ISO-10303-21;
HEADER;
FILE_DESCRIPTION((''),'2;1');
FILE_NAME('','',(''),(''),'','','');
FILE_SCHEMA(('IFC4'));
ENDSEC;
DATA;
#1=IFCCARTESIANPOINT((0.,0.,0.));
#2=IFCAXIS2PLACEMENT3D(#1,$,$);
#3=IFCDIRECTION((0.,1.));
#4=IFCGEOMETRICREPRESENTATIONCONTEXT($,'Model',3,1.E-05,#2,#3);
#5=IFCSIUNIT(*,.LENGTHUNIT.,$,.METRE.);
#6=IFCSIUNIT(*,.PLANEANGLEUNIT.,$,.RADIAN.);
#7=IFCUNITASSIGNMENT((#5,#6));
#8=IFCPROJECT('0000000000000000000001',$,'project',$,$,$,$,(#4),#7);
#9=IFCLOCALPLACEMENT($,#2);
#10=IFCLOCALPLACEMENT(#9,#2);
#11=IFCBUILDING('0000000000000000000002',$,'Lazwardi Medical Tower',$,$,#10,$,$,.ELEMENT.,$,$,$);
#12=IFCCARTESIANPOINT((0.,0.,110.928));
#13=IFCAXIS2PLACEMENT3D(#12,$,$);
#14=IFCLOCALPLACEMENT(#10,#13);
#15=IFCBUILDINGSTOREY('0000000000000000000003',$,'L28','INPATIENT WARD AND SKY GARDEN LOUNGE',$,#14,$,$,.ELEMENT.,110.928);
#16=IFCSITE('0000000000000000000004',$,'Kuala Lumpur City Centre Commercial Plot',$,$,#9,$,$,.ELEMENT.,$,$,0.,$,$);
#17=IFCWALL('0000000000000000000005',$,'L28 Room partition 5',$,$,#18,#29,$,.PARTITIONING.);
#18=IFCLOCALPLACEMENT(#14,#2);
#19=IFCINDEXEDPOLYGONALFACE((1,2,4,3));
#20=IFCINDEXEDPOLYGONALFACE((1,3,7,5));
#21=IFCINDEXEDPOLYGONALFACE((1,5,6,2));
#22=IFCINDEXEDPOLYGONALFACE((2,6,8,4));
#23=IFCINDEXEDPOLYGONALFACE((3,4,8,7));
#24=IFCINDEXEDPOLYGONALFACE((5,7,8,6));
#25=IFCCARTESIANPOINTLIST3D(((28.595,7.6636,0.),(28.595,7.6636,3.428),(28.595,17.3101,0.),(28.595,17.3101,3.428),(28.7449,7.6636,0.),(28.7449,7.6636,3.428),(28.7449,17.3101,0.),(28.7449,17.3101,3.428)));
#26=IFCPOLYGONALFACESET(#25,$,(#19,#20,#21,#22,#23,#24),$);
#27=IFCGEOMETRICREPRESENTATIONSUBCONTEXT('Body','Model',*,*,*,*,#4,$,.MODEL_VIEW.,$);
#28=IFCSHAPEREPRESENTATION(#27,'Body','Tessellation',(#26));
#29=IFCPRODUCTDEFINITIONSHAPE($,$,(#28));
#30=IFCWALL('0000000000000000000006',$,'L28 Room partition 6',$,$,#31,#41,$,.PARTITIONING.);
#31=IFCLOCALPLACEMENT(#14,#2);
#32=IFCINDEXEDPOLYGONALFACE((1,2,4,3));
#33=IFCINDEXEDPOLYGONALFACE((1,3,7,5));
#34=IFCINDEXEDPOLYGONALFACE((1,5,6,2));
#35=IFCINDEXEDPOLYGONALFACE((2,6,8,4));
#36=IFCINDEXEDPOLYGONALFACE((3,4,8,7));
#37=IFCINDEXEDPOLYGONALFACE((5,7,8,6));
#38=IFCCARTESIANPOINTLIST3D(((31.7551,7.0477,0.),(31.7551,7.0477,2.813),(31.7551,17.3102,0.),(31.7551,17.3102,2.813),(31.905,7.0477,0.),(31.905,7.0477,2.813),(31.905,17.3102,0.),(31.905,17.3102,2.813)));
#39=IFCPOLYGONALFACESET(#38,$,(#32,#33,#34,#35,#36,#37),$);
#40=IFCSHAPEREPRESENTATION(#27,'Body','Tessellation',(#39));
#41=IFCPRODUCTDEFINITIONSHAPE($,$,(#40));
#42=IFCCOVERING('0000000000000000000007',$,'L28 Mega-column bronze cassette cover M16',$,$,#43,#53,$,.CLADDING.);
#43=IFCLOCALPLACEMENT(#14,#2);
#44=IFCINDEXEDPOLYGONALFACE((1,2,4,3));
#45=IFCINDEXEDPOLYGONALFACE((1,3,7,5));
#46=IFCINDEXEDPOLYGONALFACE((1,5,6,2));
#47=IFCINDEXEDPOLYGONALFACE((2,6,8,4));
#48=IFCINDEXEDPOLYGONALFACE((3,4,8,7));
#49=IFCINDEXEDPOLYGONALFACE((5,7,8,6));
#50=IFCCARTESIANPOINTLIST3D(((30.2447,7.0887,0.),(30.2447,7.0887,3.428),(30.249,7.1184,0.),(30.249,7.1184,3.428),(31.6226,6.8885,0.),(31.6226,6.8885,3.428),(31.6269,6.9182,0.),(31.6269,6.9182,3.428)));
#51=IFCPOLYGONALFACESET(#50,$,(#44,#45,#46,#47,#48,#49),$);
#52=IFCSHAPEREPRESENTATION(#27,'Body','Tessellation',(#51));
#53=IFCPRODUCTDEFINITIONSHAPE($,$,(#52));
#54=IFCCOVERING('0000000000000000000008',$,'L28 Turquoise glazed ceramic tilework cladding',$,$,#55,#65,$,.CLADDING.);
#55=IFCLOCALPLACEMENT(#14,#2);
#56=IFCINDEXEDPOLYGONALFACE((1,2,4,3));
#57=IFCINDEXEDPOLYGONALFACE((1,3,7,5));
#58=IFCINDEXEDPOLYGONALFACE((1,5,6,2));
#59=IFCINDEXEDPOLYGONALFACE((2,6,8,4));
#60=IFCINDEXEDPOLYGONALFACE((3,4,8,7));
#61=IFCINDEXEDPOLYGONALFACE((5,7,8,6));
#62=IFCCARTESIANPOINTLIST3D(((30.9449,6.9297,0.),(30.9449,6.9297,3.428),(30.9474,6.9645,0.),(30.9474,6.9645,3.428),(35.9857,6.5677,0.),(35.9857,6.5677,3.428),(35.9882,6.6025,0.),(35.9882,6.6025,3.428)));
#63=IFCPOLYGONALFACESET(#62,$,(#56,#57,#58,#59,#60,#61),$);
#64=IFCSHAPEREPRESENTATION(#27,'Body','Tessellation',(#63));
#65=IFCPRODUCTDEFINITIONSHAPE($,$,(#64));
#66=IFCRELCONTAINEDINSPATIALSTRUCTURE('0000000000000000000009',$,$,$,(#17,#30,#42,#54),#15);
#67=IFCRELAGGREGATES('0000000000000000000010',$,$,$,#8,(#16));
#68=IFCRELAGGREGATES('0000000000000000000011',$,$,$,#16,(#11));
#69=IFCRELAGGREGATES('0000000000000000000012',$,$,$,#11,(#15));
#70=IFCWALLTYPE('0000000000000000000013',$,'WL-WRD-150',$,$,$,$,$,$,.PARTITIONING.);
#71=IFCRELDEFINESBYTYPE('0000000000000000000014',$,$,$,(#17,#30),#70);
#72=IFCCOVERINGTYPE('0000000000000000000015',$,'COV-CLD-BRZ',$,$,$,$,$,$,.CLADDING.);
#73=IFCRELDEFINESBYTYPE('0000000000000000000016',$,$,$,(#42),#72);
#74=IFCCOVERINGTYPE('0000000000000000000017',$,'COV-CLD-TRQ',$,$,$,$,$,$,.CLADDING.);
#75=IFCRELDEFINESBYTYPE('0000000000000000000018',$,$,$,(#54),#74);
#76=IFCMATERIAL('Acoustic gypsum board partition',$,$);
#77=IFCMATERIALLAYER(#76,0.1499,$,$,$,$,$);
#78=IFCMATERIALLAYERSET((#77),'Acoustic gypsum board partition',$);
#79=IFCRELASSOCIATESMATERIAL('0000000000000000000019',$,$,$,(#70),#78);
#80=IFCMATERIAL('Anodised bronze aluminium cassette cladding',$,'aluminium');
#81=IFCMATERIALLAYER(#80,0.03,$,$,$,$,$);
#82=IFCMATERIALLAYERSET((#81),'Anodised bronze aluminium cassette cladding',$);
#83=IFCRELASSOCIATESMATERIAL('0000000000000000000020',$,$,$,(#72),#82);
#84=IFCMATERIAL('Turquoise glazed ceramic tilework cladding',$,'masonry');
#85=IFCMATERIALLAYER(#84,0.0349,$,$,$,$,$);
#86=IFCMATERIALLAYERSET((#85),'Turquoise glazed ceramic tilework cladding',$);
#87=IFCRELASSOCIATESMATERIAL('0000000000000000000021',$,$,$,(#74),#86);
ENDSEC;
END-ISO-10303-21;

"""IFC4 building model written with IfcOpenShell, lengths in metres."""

from ifc_helpers import new_model, si_unit, direction, frame, frame_2d, origin, origin_2d, place, context, subcontext, project, spatial, rectangle, extrude, material, layer, layer_set, type_object, element, save


model = new_model("IFC4")

# Units and contexts
model_context = context("Model", 3, precision=1e-05, world=origin(), true_north=direction((0.0, 1.0)))
body_context = subcontext(model_context, "Body", "Model", "MODEL_VIEW")
ifc_project = project(units=[si_unit("LENGTHUNIT", "METRE"), si_unit("PLANEANGLEUNIT", "RADIAN")], contexts=[model_context])

# Site, building, storey
site_placement = place(None, origin())
site = spatial("IfcSite", under=ifc_project, at=site_placement, Name="Kuala Lumpur City Centre Commercial Plot", CompositionType="ELEMENT", RefElevation=0.0)
building_placement = place(site_placement, origin())
building = spatial("IfcBuilding", under=site, at=building_placement, Name="Lazwardi Medical Tower", CompositionType="ELEMENT")
storey_placement = place(building_placement, frame((0.0, 0.0, 110.928)))
storey = spatial("IfcBuildingStorey", under=building, at=storey_placement, Name="L28", Description="INPATIENT WARD AND SKY GARDEN LOUNGE", CompositionType="ELEMENT", Elevation=110.928)

# Walls
ifc_material_1 = material(Name="Acoustic gypsum board partition")
ifc_layer_1 = layer(ifc_material_1, 0.1499)
ifc_layer_set_1 = layer_set([ifc_layer_1], Name="Acoustic gypsum board partition")
wall_type_1 = type_object("IfcWallType", Name="WL-WRD-150", PredefinedType="PARTITIONING", material=ifc_layer_set_1)
wall_1_placement = place(storey_placement, frame((28.6699, 7.6636, 0.0), z_axis=(0.0, 0.0, 1.0), x_axis=(0.0, 1.0, 0.0)))
element("IfcWall", 1, at=wall_1_placement, inside=storey, type_object=wall_type_1, Name="L28 Room partition 5", PredefinedType="PARTITIONING", context=body_context, shape_type="SweptSolid", body=[
    extrude(rectangle(XDim=9.6465, YDim=0.1499, at=frame_2d((4.8232, 0.0))), origin(), (0.0, 0.0, 1.0), 3.428),
])
wall_2_placement = place(storey_placement, frame((31.8301, 7.0476, 0.0), z_axis=(0.0, 0.0, 1.0), x_axis=(0.0, 1.0, 0.0)))
element("IfcWall", 2, at=wall_2_placement, inside=storey, type_object=wall_type_1, Name="L28 Room partition 6", PredefinedType="PARTITIONING", context=body_context, shape_type="SweptSolid", body=[
    extrude(rectangle(XDim=10.2625, YDim=0.1499, at=frame_2d((5.1313, 0.0))), origin(), (0.0, 0.0, 1.0), 2.813),
])

# Coverings
ifc_material_2 = material(Name="Anodised bronze aluminium cassette cladding", Category="aluminium")
ifc_layer_2 = layer(ifc_material_2, 0.03)
ifc_layer_set_2 = layer_set([ifc_layer_2], Name="Anodised bronze aluminium cassette cladding")
covering_type_1 = type_object("IfcCoveringType", Name="COV-CLD-BRZ", PredefinedType="CLADDING", material=ifc_layer_set_2)
covering_1_placement = place(storey_placement, frame((30.9358, 7.0034, 0.0), z_axis=(0.0, 0.0, 1.0), x_axis=(0.989609, -0.143785, 0.0)))
element("IfcCovering", 3, at=covering_1_placement, inside=storey, type_object=covering_type_1, Name="L28 Mega-column bronze cassette cover M16", PredefinedType="CLADDING", context=body_context, shape_type="SweptSolid", body=[
    extrude(rectangle(XDim=1.3923, YDim=0.03, at=origin_2d()), origin(), (0.0, 0.0, 1.0), 3.428),
])
ifc_material_3 = material(Name="Turquoise glazed ceramic tilework cladding", Category="masonry")
ifc_layer_3 = layer(ifc_material_3, 0.0349)
ifc_layer_set_3 = layer_set([ifc_layer_3], Name="Turquoise glazed ceramic tilework cladding")
covering_type_2 = type_object("IfcCoveringType", Name="COV-CLD-TRQ", PredefinedType="CLADDING", material=ifc_layer_set_3)
covering_2_placement = place(storey_placement, frame((33.4666, 6.7661, 0.0), z_axis=(0.0, 0.0, 1.0), x_axis=(0.997431, -0.071631, 0.0)))
element("IfcCovering", 4, at=covering_2_placement, inside=storey, type_object=covering_type_2, Name="L28 Turquoise glazed ceramic tilework cladding", PredefinedType="CLADDING", context=body_context, shape_type="SweptSolid", body=[
    extrude(rectangle(XDim=5.0537, YDim=0.0349, at=origin_2d()), origin(), (0.0, 0.0, 1.0), 3.428),
])

save(model, "model.ifc")
